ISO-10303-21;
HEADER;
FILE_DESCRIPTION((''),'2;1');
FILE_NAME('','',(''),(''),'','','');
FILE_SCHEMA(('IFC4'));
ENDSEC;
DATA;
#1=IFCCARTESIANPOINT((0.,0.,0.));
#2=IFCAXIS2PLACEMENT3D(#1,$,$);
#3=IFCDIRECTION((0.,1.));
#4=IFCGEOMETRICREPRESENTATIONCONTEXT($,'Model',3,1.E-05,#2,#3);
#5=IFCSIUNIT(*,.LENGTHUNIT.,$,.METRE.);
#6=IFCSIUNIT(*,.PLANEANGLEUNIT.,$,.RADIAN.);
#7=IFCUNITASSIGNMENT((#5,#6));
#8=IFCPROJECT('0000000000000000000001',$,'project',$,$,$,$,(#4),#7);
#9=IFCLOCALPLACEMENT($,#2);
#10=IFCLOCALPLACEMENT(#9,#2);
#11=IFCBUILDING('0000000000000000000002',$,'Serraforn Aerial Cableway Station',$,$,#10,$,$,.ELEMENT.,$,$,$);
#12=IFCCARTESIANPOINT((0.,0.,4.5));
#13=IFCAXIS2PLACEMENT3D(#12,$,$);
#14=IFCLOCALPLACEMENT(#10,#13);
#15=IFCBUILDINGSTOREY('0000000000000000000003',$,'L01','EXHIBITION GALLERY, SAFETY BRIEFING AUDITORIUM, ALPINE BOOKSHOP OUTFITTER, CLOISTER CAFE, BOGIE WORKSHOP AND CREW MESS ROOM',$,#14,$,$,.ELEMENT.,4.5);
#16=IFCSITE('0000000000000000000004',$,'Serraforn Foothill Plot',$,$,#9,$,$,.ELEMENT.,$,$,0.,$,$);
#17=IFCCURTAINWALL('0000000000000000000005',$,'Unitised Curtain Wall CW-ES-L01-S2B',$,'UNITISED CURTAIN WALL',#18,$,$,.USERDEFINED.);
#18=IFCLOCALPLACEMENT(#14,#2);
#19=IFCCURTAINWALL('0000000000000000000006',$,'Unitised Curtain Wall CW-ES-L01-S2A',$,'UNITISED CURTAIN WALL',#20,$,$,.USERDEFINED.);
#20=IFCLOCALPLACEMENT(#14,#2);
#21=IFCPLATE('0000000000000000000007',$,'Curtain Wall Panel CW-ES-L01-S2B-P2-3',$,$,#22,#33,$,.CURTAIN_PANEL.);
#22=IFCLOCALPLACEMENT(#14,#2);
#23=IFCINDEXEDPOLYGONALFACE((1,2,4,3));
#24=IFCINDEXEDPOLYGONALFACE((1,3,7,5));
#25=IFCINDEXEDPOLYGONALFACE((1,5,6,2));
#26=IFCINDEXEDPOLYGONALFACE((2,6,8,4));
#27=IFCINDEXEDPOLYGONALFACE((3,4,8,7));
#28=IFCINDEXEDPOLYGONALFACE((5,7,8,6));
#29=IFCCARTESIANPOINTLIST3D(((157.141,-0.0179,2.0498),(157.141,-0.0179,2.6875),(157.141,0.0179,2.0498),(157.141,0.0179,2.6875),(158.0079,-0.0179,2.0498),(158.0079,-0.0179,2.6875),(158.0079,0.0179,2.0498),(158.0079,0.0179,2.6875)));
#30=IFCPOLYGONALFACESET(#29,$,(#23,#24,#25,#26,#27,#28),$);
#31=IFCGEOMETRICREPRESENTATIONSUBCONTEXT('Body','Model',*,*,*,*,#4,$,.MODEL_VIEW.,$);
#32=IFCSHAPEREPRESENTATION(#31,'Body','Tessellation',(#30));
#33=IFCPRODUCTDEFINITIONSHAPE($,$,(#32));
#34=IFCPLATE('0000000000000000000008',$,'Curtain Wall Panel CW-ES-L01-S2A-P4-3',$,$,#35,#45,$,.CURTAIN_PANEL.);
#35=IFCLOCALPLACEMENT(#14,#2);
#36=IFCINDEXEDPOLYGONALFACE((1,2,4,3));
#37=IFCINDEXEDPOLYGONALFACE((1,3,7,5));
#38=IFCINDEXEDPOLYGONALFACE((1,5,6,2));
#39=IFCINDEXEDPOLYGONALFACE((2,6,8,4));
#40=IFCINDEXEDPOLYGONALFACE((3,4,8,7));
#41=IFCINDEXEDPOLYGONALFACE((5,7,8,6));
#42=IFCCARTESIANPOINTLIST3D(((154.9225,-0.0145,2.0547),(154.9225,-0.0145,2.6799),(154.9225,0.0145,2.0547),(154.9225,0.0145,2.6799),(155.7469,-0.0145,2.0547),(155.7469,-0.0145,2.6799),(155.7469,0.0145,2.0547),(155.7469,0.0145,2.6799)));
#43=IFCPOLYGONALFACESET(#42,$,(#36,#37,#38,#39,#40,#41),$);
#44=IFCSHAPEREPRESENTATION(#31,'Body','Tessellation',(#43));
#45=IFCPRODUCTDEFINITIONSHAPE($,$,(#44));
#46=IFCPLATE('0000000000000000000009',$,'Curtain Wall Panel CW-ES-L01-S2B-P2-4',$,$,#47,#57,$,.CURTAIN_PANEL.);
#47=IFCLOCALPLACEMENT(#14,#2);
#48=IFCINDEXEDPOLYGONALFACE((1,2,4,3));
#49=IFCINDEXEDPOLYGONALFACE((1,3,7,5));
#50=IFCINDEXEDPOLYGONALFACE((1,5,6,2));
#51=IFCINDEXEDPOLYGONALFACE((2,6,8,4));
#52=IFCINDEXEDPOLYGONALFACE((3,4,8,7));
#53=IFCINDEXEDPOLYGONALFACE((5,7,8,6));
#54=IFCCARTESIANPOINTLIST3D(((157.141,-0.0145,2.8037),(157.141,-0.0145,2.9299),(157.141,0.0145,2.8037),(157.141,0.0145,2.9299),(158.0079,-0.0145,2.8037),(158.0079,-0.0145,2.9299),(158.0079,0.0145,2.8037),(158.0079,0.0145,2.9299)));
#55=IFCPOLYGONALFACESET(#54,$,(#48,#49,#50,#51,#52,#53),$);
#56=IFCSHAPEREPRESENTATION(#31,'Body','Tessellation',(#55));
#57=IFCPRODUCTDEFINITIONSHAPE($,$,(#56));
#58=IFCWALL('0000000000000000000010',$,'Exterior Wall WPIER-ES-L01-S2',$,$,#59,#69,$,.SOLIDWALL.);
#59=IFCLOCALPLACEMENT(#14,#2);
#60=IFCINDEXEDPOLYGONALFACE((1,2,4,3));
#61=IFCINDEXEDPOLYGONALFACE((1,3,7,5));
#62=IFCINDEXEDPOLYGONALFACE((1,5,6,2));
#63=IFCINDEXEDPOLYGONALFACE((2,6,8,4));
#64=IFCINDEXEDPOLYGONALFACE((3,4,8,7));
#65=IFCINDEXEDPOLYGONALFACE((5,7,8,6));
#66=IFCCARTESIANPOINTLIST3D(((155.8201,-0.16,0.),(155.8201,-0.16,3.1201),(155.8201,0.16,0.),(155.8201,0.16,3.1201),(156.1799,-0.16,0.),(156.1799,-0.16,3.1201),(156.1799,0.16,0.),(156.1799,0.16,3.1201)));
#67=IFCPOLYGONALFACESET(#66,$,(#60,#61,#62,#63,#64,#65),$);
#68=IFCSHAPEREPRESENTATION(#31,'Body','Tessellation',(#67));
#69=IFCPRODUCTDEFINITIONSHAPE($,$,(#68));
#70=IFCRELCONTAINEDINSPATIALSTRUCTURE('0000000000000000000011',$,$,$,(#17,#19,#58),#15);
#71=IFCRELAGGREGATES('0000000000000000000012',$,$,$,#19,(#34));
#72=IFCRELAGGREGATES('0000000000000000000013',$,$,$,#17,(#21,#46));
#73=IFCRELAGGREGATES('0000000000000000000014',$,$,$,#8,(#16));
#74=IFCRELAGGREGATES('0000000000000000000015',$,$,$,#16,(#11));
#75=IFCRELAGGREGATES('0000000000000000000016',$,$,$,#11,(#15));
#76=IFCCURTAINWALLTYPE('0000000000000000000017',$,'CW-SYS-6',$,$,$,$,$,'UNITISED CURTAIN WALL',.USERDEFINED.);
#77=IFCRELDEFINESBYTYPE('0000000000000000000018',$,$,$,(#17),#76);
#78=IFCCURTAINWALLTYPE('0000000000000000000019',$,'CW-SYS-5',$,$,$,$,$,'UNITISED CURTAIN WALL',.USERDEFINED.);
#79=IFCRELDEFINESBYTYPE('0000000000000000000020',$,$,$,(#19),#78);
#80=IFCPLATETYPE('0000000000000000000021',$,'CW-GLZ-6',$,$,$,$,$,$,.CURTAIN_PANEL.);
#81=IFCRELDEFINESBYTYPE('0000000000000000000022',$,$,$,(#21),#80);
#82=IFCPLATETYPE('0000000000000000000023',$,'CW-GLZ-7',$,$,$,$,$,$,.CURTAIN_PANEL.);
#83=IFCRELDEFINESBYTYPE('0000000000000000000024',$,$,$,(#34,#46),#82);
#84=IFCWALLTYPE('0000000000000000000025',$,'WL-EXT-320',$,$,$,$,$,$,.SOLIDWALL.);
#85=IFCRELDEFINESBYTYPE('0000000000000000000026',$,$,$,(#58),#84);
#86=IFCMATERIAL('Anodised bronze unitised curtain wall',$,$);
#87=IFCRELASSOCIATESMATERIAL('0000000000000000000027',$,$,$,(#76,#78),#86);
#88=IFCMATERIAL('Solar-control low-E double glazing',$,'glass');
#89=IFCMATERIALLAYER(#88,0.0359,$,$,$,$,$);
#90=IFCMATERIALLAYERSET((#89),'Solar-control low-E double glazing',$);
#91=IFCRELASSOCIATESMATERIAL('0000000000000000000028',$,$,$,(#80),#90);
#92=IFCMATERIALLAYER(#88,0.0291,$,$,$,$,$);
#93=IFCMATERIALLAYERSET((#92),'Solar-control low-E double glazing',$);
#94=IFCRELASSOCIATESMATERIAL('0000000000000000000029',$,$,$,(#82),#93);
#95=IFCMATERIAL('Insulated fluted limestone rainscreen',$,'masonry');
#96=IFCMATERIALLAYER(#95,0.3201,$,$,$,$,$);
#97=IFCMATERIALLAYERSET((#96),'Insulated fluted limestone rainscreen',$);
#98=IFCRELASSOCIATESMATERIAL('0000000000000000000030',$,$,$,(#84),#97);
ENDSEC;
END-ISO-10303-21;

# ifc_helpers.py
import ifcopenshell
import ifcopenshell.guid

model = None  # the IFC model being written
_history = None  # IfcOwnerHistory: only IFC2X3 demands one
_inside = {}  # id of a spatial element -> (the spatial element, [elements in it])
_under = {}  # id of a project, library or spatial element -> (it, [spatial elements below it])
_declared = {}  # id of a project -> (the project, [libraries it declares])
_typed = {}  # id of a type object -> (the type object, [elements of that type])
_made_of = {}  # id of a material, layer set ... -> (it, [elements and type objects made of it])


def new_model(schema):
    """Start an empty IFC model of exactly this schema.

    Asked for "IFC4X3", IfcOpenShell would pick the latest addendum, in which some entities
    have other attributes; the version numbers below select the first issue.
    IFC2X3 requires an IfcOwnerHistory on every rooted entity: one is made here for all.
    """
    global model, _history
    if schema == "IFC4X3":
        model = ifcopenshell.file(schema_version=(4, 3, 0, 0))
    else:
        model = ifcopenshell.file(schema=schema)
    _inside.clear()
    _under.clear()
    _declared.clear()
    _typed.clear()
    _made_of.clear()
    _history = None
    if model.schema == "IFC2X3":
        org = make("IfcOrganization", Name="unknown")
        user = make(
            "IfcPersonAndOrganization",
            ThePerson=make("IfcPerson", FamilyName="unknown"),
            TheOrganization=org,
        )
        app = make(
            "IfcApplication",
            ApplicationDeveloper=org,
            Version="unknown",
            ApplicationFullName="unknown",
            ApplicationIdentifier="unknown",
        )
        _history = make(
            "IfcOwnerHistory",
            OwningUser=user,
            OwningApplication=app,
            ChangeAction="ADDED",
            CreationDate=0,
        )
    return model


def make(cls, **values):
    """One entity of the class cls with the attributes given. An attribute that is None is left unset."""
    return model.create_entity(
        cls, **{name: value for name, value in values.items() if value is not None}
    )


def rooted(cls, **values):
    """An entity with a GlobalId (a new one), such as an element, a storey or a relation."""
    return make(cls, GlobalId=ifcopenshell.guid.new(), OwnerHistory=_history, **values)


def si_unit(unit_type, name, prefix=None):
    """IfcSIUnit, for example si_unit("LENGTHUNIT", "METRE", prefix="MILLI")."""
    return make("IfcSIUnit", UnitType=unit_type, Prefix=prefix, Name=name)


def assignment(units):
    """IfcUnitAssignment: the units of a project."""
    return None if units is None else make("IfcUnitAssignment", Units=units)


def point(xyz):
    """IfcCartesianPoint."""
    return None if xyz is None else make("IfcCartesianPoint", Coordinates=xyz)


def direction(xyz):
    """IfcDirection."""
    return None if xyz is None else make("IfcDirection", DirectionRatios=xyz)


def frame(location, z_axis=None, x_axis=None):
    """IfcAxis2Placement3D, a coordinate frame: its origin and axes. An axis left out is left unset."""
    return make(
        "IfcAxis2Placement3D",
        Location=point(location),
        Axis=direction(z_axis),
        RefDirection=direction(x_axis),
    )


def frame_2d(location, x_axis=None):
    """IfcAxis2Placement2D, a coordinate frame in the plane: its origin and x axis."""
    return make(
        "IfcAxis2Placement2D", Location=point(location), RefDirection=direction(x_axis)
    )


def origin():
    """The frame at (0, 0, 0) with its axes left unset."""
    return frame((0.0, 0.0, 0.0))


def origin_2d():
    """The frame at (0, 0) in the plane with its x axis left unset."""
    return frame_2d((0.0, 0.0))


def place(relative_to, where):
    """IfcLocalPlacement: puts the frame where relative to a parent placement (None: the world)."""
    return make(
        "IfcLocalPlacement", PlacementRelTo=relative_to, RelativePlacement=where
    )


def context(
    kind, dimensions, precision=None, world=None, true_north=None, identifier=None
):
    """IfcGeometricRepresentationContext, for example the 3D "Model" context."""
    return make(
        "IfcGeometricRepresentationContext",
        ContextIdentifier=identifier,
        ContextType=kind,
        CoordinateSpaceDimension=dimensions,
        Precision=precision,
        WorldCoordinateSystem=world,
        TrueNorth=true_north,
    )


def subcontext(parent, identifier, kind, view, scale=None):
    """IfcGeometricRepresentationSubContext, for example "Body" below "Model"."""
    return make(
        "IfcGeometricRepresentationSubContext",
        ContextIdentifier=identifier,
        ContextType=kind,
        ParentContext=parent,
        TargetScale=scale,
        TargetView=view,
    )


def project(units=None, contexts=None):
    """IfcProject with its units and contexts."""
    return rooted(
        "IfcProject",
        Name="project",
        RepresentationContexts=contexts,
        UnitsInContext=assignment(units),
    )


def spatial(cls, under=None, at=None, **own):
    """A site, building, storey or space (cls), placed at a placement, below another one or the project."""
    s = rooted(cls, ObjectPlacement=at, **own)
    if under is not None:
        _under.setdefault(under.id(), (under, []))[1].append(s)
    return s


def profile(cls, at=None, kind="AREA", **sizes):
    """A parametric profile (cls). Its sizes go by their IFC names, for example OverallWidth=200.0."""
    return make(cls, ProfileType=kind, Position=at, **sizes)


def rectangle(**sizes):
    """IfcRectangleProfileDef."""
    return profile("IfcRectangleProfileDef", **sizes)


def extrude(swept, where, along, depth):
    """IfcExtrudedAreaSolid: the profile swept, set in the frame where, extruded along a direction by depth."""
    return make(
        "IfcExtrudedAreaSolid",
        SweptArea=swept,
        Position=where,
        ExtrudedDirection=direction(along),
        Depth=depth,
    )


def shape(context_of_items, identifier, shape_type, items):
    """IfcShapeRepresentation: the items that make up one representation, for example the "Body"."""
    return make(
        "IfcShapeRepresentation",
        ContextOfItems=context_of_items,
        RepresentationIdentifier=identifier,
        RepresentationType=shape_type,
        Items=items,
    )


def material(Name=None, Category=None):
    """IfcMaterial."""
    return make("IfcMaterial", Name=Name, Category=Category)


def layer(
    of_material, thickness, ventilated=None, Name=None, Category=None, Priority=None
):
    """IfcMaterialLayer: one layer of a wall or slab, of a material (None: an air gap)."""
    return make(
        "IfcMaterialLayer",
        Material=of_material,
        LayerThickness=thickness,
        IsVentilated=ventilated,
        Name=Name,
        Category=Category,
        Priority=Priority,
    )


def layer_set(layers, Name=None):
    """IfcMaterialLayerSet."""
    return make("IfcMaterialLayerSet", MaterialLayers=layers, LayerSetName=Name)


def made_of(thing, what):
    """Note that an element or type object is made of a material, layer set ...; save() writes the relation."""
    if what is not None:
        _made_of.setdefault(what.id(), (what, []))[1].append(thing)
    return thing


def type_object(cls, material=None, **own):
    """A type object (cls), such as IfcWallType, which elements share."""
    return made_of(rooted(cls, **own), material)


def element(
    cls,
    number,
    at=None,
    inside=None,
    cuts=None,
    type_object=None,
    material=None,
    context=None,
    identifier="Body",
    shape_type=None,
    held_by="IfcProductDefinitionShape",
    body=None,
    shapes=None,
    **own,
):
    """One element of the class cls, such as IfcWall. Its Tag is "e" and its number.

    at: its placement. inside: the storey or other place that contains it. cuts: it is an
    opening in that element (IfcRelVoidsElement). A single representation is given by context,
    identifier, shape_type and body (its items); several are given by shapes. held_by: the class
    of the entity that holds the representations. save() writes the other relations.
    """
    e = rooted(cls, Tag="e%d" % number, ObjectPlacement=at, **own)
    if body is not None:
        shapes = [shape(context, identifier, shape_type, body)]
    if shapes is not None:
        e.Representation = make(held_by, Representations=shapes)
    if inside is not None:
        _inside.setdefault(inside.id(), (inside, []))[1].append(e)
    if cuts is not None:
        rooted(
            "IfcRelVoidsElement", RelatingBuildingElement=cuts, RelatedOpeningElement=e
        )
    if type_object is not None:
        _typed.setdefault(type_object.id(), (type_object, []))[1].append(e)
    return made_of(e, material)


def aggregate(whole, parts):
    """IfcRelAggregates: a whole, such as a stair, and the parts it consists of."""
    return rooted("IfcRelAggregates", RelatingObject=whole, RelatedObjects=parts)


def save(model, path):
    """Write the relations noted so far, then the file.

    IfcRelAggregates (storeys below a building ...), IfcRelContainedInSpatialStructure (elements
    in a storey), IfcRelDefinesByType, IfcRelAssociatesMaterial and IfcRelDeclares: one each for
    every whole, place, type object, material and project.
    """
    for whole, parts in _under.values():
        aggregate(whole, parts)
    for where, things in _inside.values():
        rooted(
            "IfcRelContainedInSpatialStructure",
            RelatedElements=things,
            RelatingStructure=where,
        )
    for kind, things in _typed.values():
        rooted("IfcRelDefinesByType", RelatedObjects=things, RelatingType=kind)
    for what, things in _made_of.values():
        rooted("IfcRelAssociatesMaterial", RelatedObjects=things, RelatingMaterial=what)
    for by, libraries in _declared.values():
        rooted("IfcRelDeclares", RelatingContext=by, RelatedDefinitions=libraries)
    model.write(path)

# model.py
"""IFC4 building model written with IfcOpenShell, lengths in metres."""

from ifc_helpers import new_model, si_unit, direction, frame, frame_2d, origin, origin_2d, place, context, subcontext, project, spatial, rectangle, extrude, material, layer, layer_set, type_object, element, aggregate, save


model = new_model("IFC4")

# Units and contexts
model_context = context("Model", 3, precision=1e-05, world=origin(), true_north=direction((0.0, 1.0)))
body_context = subcontext(model_context, "Body", "Model", "MODEL_VIEW")
ifc_project = project(units=[si_unit("LENGTHUNIT", "METRE"), si_unit("PLANEANGLEUNIT", "RADIAN")], contexts=[model_context])

# Site, building, storey
site_placement = place(None, origin())
site = spatial("IfcSite", under=ifc_project, at=site_placement, Name="Serraforn Foothill Plot", CompositionType="ELEMENT", RefElevation=0.0)
building_placement = place(site_placement, origin())
building = spatial("IfcBuilding", under=site, at=building_placement, Name="Serraforn Aerial Cableway Station", CompositionType="ELEMENT")
storey_placement = place(building_placement, frame((0.0, 0.0, 4.5)))
storey = spatial("IfcBuildingStorey", under=building, at=storey_placement, Name="L01", Description="EXHIBITION GALLERY, SAFETY BRIEFING AUDITORIUM, ALPINE BOOKSHOP OUTFITTER, CLOISTER CAFE, BOGIE WORKSHOP AND CREW MESS ROOM", CompositionType="ELEMENT", Elevation=4.5)

# Curtain wall
ifc_material_1 = material(Name="Anodised bronze unitised curtain wall")
curtain_wall_type_1 = type_object("IfcCurtainWallType", Name="CW-SYS-6", ElementType="UNITISED CURTAIN WALL", PredefinedType="USERDEFINED", material=ifc_material_1)
curtain_wall_1_placement = place(storey_placement, origin())
curtain_wall_1 = element("IfcCurtainWall", 1, at=curtain_wall_1_placement, inside=storey, type_object=curtain_wall_type_1, Name="Unitised Curtain Wall CW-ES-L01-S2B", ObjectType="UNITISED CURTAIN WALL", PredefinedType="USERDEFINED")

# Curtain wall
curtain_wall_type_2 = type_object("IfcCurtainWallType", Name="CW-SYS-5", ElementType="UNITISED CURTAIN WALL", PredefinedType="USERDEFINED", material=ifc_material_1)
curtain_wall_2_placement = place(storey_placement, origin())
curtain_wall_2 = element("IfcCurtainWall", 2, at=curtain_wall_2_placement, inside=storey, type_object=curtain_wall_type_2, Name="Unitised Curtain Wall CW-ES-L01-S2A", ObjectType="UNITISED CURTAIN WALL", PredefinedType="USERDEFINED")

# Plates
ifc_material_2 = material(Name="Solar-control low-E double glazing", Category="glass")
ifc_layer_1 = layer(ifc_material_2, 0.0359)
ifc_layer_set_1 = layer_set([ifc_layer_1], Name="Solar-control low-E double glazing")
plate_type_1 = type_object("IfcPlateType", Name="CW-GLZ-6", PredefinedType="CURTAIN_PANEL", material=ifc_layer_set_1)
plate_1_placement = place(storey_placement, frame((157.5745, 0.0, 2.0498), z_axis=(0.0, 0.0, 1.0), x_axis=(1.0, 0.0, 0.0)))
plate_1 = element("IfcPlate", 3, at=plate_1_placement, type_object=plate_type_1, Name="Curtain Wall Panel CW-ES-L01-S2B-P2-3", PredefinedType="CURTAIN_PANEL", context=body_context, shape_type="SweptSolid", body=[
    extrude(rectangle(XDim=0.8669, YDim=0.0359, at=origin_2d()), origin(), (0.0, 0.0, 1.0), 0.6377),
])
ifc_layer_2 = layer(ifc_material_2, 0.0291)
ifc_layer_set_2 = layer_set([ifc_layer_2], Name="Solar-control low-E double glazing")
plate_type_2 = type_object("IfcPlateType", Name="CW-GLZ-7", PredefinedType="CURTAIN_PANEL", material=ifc_layer_set_2)
plate_2_placement = place(storey_placement, frame((155.3347, 0.0, 2.0547), z_axis=(0.0, 0.0, 1.0), x_axis=(1.0, 0.0, 0.0)))
plate_2 = element("IfcPlate", 4, at=plate_2_placement, type_object=plate_type_2, Name="Curtain Wall Panel CW-ES-L01-S2A-P4-3", PredefinedType="CURTAIN_PANEL", context=body_context, shape_type="SweptSolid", body=[
    extrude(rectangle(XDim=0.8245, YDim=0.0291, at=origin_2d()), origin(), (0.0, 0.0, 1.0), 0.6252),
])
aggregate(curtain_wall_2, [plate_2])
plate_3_placement = place(storey_placement, frame((157.5745, 0.0, 2.8037), z_axis=(0.0, 0.0, 1.0), x_axis=(1.0, 0.0, 0.0)))
plate_3 = element("IfcPlate", 5, at=plate_3_placement, type_object=plate_type_2, Name="Curtain Wall Panel CW-ES-L01-S2B-P2-4", PredefinedType="CURTAIN_PANEL", context=body_context, shape_type="SweptSolid", body=[
    extrude(rectangle(XDim=0.8669, YDim=0.0291, at=origin_2d()), origin(), (0.0, 0.0, 1.0), 0.1262),
])
aggregate(curtain_wall_1, [plate_1, plate_3])

# Wall
ifc_material_3 = material(Name="Insulated fluted limestone rainscreen", Category="masonry")
ifc_layer_3 = layer(ifc_material_3, 0.3201)
ifc_layer_set_3 = layer_set([ifc_layer_3], Name="Insulated fluted limestone rainscreen")
wall_type = type_object("IfcWallType", Name="WL-EXT-320", PredefinedType="SOLIDWALL", material=ifc_layer_set_3)
wall_placement = place(storey_placement, frame((155.8201, 0.0, 0.0), z_axis=(0.0, 0.0, 1.0), x_axis=(1.0, 0.0, 0.0)))
element("IfcWall", 6, at=wall_placement, inside=storey, type_object=wall_type, Name="Exterior Wall WPIER-ES-L01-S2", PredefinedType="SOLIDWALL", context=body_context, shape_type="SweptSolid", body=[
    extrude(rectangle(XDim=0.3599, YDim=0.3201, at=frame_2d((0.1799, 0.0))), origin(), (0.0, 0.0, 1.0), 3.1201),
])

save(model, "model.ifc")
